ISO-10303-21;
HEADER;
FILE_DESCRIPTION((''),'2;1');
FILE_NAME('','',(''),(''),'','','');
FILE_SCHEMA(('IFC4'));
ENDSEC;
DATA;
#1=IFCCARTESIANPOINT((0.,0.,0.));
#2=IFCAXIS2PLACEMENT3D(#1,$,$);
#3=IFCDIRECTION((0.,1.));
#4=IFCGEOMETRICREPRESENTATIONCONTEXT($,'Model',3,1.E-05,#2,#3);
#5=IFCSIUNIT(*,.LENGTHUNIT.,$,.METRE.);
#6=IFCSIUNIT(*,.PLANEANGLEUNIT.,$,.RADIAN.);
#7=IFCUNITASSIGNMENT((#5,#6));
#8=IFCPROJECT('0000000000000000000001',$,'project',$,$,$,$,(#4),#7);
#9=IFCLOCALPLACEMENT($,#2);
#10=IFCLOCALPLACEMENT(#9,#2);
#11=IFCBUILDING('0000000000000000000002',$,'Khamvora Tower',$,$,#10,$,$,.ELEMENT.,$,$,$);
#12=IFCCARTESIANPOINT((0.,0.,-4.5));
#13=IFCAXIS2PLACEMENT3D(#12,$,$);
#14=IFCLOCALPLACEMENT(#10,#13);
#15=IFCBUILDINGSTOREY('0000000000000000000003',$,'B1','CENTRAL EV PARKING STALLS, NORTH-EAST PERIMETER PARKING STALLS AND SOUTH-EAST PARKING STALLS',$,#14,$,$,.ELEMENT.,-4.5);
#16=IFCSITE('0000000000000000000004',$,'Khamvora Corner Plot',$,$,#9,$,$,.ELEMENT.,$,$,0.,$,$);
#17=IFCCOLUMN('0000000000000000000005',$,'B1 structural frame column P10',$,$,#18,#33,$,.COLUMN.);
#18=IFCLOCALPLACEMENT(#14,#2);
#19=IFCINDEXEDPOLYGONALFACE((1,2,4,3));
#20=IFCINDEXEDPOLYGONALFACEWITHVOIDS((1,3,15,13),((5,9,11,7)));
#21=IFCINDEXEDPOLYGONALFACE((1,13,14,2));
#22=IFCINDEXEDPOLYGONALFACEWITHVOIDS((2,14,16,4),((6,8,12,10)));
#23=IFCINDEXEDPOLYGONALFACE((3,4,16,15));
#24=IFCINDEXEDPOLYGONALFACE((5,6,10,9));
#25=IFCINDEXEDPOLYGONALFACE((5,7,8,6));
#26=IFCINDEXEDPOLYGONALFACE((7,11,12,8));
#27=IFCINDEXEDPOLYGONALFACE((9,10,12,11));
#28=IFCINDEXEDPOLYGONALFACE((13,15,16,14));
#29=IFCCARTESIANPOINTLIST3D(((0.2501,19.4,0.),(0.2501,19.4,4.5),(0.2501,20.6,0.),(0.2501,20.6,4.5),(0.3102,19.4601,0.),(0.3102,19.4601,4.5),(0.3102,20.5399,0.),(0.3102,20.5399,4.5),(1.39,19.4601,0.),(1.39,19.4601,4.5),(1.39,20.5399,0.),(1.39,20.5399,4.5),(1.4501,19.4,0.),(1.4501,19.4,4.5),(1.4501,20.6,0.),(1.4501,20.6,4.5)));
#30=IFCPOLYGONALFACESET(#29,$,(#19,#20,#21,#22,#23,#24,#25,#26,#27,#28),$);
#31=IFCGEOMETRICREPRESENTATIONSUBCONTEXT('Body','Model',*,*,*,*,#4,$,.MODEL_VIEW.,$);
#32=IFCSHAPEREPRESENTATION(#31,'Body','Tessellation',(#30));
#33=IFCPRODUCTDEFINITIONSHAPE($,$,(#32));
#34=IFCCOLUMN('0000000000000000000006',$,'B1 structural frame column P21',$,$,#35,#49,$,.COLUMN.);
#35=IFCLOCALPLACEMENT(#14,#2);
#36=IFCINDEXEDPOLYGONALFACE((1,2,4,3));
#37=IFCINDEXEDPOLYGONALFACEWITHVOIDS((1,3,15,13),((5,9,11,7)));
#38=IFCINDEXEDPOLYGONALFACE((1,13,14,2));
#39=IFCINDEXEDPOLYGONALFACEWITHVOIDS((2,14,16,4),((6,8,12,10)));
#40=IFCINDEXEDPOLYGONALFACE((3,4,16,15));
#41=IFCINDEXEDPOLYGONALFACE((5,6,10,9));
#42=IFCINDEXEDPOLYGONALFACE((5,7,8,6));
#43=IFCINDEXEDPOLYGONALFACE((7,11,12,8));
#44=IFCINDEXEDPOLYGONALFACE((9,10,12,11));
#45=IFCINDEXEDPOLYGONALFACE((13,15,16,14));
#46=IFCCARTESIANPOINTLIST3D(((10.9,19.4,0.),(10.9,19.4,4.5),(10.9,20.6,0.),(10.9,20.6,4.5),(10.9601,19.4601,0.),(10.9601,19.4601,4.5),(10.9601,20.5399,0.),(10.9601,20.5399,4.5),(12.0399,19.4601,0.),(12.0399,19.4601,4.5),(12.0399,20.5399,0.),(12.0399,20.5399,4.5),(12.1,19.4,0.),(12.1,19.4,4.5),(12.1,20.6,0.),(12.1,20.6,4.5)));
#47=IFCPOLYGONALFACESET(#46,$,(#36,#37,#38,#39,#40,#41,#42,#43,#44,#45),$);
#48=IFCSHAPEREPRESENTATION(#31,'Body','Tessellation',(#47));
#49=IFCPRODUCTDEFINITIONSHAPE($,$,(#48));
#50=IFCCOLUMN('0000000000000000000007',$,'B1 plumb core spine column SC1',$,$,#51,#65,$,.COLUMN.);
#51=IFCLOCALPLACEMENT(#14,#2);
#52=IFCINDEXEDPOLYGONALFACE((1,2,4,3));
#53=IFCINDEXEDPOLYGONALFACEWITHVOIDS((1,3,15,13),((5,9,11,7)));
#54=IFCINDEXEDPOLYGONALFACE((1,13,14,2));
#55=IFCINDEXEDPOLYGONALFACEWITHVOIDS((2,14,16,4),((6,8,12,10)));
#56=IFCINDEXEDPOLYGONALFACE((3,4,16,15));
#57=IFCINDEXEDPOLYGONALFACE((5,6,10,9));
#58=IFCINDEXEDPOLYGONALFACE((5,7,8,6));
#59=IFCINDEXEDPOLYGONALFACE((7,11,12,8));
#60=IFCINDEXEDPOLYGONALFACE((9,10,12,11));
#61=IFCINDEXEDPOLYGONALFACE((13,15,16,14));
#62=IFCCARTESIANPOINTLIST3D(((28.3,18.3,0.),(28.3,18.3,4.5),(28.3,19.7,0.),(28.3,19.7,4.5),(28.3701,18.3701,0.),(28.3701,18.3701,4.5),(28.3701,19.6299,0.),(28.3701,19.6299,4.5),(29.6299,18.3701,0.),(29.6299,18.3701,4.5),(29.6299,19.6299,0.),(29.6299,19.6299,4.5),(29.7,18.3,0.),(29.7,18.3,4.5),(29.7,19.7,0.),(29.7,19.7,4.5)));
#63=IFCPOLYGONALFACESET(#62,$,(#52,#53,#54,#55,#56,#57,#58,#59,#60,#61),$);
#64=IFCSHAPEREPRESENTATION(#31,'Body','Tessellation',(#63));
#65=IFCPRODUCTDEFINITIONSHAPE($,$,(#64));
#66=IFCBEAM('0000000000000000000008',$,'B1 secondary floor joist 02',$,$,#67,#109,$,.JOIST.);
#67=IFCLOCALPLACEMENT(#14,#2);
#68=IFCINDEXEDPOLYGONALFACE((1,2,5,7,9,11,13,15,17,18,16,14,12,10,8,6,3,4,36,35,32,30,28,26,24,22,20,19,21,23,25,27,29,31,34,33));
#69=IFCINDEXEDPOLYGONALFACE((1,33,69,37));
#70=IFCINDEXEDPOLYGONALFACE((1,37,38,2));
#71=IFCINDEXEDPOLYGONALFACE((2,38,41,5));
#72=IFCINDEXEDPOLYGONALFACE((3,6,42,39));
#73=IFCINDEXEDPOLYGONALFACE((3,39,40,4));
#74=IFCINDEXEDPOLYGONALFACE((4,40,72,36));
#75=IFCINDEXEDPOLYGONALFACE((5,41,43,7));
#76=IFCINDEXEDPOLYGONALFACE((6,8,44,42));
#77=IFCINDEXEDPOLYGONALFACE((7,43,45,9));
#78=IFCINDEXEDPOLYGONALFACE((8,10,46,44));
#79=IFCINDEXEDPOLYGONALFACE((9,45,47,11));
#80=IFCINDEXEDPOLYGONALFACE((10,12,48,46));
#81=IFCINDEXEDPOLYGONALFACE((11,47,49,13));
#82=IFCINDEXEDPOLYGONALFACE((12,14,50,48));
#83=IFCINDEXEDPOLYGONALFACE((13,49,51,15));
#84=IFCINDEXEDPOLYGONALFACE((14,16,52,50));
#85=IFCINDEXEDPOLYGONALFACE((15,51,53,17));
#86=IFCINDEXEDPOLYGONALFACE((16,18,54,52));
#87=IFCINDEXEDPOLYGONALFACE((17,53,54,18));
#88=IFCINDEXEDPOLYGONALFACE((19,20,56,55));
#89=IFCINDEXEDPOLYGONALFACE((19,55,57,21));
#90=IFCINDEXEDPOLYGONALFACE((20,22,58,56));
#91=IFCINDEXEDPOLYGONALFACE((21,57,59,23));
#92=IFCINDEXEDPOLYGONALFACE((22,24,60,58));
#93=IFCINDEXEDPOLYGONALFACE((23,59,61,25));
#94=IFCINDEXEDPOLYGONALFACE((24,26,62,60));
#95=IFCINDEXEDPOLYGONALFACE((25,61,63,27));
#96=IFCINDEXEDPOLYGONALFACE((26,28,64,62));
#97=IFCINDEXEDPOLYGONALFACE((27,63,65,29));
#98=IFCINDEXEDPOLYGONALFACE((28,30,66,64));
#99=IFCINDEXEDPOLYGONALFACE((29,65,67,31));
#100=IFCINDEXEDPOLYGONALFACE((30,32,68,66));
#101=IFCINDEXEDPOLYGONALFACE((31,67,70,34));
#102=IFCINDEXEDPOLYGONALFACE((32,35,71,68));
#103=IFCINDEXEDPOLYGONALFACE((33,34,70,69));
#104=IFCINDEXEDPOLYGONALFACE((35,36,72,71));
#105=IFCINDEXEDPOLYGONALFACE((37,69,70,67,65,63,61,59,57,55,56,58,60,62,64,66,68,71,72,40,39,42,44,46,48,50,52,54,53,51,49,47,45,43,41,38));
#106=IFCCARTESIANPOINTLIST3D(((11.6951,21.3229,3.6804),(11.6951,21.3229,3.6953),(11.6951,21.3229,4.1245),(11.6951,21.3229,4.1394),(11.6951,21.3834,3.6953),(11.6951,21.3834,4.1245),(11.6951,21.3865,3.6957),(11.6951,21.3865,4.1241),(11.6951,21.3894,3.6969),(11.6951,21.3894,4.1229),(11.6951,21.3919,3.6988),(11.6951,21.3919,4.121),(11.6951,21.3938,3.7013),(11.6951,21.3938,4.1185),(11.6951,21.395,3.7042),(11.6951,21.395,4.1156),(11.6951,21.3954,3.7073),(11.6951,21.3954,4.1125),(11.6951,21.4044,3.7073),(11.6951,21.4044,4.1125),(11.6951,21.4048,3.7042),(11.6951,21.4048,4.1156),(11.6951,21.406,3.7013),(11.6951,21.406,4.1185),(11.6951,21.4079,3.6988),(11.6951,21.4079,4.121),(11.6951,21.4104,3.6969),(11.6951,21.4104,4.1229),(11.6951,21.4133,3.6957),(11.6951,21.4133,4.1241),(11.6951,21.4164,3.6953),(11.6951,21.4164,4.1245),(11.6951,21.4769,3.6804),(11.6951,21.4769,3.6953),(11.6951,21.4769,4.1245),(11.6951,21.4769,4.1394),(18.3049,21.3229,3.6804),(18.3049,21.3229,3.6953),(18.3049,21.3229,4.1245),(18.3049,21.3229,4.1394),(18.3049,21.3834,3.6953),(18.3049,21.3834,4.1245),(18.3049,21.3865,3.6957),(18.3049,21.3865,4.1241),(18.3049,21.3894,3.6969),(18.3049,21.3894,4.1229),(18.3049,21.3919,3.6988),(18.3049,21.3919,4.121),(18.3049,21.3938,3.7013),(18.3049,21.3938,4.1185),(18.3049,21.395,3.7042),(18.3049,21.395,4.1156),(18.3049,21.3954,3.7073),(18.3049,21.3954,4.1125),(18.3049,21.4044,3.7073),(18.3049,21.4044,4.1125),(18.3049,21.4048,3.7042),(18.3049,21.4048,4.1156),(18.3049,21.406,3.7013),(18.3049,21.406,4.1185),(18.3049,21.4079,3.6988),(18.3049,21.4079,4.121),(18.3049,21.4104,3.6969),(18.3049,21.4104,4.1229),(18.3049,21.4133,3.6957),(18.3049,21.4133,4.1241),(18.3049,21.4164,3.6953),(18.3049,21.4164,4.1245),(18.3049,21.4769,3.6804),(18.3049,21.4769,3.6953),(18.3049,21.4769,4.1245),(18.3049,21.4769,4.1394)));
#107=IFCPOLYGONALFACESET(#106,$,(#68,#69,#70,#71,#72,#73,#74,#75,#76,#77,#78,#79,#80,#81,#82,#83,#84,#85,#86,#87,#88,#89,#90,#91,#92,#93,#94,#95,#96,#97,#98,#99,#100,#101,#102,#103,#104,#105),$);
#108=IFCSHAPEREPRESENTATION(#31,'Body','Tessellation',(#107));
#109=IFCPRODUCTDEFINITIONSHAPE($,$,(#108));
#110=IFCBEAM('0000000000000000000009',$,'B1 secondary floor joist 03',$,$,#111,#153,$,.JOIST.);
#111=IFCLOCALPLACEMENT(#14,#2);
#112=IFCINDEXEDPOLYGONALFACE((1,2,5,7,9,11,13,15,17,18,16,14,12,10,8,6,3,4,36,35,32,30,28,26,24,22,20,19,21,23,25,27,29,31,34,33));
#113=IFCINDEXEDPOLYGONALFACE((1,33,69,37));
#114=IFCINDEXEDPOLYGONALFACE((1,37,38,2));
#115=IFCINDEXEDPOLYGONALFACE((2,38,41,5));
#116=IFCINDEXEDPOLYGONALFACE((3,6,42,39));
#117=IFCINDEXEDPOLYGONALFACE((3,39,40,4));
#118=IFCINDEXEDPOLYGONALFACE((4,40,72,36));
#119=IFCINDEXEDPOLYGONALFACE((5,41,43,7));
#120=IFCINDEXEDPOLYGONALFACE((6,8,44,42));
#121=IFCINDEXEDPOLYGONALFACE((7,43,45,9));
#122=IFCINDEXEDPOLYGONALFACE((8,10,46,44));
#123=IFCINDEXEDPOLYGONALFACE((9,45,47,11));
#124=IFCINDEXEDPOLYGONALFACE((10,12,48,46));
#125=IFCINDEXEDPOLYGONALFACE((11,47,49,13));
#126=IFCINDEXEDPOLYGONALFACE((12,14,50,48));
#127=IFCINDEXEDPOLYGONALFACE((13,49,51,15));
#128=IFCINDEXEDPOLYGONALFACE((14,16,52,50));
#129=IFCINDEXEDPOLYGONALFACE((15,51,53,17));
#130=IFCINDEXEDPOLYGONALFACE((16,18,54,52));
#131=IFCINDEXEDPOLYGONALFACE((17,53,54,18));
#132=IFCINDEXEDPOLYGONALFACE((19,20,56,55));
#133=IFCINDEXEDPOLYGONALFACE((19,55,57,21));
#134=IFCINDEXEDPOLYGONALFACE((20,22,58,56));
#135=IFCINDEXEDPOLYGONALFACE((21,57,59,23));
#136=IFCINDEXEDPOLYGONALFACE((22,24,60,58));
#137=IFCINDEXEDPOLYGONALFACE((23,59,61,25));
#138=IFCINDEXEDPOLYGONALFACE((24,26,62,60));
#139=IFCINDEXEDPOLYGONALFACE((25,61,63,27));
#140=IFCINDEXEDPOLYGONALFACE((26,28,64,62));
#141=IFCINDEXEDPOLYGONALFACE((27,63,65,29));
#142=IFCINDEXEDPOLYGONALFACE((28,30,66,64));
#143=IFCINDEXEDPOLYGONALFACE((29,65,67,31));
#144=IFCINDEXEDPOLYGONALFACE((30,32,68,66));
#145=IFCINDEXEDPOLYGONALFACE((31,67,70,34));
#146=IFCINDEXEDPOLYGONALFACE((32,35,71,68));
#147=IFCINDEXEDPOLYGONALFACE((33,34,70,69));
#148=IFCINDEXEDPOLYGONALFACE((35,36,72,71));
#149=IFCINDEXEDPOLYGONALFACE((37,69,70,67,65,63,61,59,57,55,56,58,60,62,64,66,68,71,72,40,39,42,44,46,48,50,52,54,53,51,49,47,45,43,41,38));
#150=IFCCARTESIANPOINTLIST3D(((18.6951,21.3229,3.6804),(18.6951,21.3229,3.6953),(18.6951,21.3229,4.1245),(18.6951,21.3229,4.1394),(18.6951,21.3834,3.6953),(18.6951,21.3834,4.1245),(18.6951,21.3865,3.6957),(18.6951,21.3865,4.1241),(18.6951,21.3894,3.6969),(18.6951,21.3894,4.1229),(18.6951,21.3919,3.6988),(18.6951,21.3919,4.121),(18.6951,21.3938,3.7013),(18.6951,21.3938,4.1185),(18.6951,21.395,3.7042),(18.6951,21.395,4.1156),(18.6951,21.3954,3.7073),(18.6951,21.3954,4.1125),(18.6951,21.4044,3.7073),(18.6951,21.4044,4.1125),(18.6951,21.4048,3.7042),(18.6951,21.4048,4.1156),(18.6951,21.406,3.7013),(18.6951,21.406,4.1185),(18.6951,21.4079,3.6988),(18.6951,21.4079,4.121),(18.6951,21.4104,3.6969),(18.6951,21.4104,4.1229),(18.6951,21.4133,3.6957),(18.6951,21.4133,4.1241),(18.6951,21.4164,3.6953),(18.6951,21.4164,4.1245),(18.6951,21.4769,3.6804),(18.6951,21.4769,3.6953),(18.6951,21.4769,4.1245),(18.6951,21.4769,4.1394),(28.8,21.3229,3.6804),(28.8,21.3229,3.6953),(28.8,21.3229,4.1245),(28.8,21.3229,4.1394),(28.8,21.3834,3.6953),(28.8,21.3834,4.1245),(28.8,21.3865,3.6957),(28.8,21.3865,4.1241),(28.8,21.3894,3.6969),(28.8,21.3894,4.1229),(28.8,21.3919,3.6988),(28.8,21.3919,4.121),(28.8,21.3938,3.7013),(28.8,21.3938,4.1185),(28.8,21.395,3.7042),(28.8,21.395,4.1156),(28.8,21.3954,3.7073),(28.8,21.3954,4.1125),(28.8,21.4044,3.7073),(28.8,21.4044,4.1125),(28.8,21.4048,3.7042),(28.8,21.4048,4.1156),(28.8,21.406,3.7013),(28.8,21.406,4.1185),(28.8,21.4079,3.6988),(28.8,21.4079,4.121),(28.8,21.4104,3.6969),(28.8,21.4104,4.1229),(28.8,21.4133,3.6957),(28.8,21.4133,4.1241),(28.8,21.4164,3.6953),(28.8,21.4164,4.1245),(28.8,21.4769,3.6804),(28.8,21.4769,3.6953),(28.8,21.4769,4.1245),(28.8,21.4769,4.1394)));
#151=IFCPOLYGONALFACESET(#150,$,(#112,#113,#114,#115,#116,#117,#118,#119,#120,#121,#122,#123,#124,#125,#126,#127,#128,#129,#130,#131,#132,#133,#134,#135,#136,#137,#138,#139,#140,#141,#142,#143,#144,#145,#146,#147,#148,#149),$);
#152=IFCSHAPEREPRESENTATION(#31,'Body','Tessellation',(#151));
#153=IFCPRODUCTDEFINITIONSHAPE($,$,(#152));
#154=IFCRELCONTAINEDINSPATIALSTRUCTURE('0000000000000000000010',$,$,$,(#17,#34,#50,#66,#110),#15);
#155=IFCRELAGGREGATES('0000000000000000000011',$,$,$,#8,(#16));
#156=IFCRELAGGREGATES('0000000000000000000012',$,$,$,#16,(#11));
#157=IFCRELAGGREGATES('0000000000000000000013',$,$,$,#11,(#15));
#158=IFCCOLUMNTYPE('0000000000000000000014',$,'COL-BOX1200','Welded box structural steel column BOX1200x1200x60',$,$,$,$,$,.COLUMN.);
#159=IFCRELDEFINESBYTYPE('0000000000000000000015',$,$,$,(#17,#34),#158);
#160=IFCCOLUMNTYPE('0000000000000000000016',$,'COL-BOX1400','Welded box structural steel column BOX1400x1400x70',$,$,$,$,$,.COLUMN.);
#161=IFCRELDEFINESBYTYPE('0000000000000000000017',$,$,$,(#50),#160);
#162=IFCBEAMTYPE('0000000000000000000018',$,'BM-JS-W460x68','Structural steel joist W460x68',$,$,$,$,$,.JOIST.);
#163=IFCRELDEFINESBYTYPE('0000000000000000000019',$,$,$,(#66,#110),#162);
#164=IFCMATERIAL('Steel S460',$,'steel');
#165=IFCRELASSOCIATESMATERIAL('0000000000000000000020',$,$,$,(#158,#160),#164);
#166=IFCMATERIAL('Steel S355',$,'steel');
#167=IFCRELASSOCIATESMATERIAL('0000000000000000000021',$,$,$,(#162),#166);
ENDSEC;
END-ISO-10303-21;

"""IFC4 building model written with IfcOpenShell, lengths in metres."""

from ifc_helpers import new_model, si_unit, direction, frame, origin, origin_2d, place, context, subcontext, project, spatial, hollow_rectangle, i_section, extrude, material, material_profile, profile_set, type_object, element, save


model = new_model("IFC4")

# Units and contexts
model_context = context("Model", 3, precision=1e-05, world=origin(), true_north=direction((0.0, 1.0)))
body_context = subcontext(model_context, "Body", "Model", "MODEL_VIEW")
ifc_project = project(units=[si_unit("LENGTHUNIT", "METRE"), si_unit("PLANEANGLEUNIT", "RADIAN")], contexts=[model_context])

# Site, building, storey
site_placement = place(None, origin())
site = spatial("IfcSite", under=ifc_project, at=site_placement, Name="Khamvora Corner Plot", CompositionType="ELEMENT", RefElevation=0.0)
building_placement = place(site_placement, origin())
building = spatial("IfcBuilding", under=site, at=building_placement, Name="Khamvora Tower", CompositionType="ELEMENT")
storey_placement = place(building_placement, frame((0.0, 0.0, -4.5)))
storey = spatial("IfcBuildingStorey", under=building, at=storey_placement, Name="B1", Description="CENTRAL EV PARKING STALLS, NORTH-EAST PERIMETER PARKING STALLS AND SOUTH-EAST PARKING STALLS", CompositionType="ELEMENT", Elevation=-4.5)

# Columns
ifc_material_1 = material(Name="Steel S460", Category="steel")
ifc_material_profile_1 = material_profile(ifc_material_1, hollow_rectangle(XDim=1.2, YDim=1.2, WallThickness=0.0601, at=origin_2d()), Name="BOX1200x1200x60")
ifc_profile_set_1 = profile_set([ifc_material_profile_1], Name="Steel S460")
column_type_1 = type_object("IfcColumnType", Name="COL-BOX1200", Description="Welded box structural steel column BOX1200x1200x60", PredefinedType="COLUMN", material=ifc_profile_set_1)
for number, where, z_axis, x_axis, name in (
    (1, (0.8501, 20.0, 0.0), (0.0, 0.0, 1.0), (1.0, 0.0, 0.0), "B1 structural frame column P10"),
    (2, (11.5, 20.0, 0.0), (0.0, 0.0, 1.0), (1.0, 0.0, 0.0), "B1 structural frame column P21"),
):
    element("IfcColumn", number, at=place(storey_placement, frame(where, z_axis=z_axis, x_axis=x_axis)), inside=storey, type_object=column_type_1, Name=name, PredefinedType="COLUMN", context=body_context, shape_type="SweptSolid", body=[
        extrude(hollow_rectangle(XDim=1.2, YDim=1.2, WallThickness=0.0601, at=origin_2d()), origin(), (0.0, 0.0, 1.0), 4.5),
    ])
ifc_material_profile_2 = material_profile(ifc_material_1, hollow_rectangle(XDim=1.3999, YDim=1.3999, WallThickness=0.0701, at=origin_2d()), Name="BOX1400x1400x70")
ifc_profile_set_2 = profile_set([ifc_material_profile_2], Name="Steel S460")
column_type_2 = type_object("IfcColumnType", Name="COL-BOX1400", Description="Welded box structural steel column BOX1400x1400x70", PredefinedType="COLUMN", material=ifc_profile_set_2)
column_placement = place(storey_placement, frame((29.0, 19.0, 0.0), z_axis=(0.0, 0.0, 1.0), x_axis=(1.0, 0.0, 0.0)))
element("IfcColumn", 3, at=column_placement, inside=storey, type_object=column_type_2, Name="B1 plumb core spine column SC1", PredefinedType="COLUMN", context=body_context, shape_type="SweptSolid", body=[
    extrude(hollow_rectangle(XDim=1.3999, YDim=1.3999, WallThickness=0.0701, at=origin_2d()), origin(), (0.0, 0.0, 1.0), 4.5),
])

# Beams
ifc_material_2 = material(Name="Steel S355", Category="steel")
ifc_material_profile_3 = material_profile(ifc_material_2, i_section(OverallWidth=0.1541, OverallDepth=0.459, WebThickness=0.009, FlangeThickness=0.0149, FilletRadius=0.012, at=origin_2d()), Name="W460x68")
ifc_profile_set_3 = profile_set([ifc_material_profile_3], Name="Steel S355")
beam_type_1 = type_object("IfcBeamType", Name="BM-JS-W460x68", Description="Structural steel joist W460x68", PredefinedType="JOIST", material=ifc_profile_set_3)
beam_1_placement = place(storey_placement, frame((11.6951, 21.3999, 3.9099), z_axis=(1.0, 0.0, 0.0), x_axis=(0.0, 1.0, 0.0)))
element("IfcBeam", 4, at=beam_1_placement, inside=storey, type_object=beam_type_1, Name="B1 secondary floor joist 02", PredefinedType="JOIST", context=body_context, shape_type="SweptSolid", body=[
    extrude(i_section(OverallWidth=0.1541, OverallDepth=0.459, WebThickness=0.009, FlangeThickness=0.0149, FilletRadius=0.012, at=origin_2d()), origin(), (0.0, 0.0, 1.0), 6.6099),
])
beam_2_placement = place(storey_placement, frame((18.6951, 21.3999, 3.9099), z_axis=(1.0, 0.0, 0.0), x_axis=(0.0, 1.0, 0.0)))
element("IfcBeam", 5, at=beam_2_placement, inside=storey, type_object=beam_type_1, Name="B1 secondary floor joist 03", PredefinedType="JOIST", context=body_context, shape_type="SweptSolid", body=[
    extrude(i_section(OverallWidth=0.1541, OverallDepth=0.459, WebThickness=0.009, FlangeThickness=0.0149, FilletRadius=0.012, at=origin_2d()), origin(), (0.0, 0.0, 1.0), 10.105),
])

save(model, "model.ifc")
